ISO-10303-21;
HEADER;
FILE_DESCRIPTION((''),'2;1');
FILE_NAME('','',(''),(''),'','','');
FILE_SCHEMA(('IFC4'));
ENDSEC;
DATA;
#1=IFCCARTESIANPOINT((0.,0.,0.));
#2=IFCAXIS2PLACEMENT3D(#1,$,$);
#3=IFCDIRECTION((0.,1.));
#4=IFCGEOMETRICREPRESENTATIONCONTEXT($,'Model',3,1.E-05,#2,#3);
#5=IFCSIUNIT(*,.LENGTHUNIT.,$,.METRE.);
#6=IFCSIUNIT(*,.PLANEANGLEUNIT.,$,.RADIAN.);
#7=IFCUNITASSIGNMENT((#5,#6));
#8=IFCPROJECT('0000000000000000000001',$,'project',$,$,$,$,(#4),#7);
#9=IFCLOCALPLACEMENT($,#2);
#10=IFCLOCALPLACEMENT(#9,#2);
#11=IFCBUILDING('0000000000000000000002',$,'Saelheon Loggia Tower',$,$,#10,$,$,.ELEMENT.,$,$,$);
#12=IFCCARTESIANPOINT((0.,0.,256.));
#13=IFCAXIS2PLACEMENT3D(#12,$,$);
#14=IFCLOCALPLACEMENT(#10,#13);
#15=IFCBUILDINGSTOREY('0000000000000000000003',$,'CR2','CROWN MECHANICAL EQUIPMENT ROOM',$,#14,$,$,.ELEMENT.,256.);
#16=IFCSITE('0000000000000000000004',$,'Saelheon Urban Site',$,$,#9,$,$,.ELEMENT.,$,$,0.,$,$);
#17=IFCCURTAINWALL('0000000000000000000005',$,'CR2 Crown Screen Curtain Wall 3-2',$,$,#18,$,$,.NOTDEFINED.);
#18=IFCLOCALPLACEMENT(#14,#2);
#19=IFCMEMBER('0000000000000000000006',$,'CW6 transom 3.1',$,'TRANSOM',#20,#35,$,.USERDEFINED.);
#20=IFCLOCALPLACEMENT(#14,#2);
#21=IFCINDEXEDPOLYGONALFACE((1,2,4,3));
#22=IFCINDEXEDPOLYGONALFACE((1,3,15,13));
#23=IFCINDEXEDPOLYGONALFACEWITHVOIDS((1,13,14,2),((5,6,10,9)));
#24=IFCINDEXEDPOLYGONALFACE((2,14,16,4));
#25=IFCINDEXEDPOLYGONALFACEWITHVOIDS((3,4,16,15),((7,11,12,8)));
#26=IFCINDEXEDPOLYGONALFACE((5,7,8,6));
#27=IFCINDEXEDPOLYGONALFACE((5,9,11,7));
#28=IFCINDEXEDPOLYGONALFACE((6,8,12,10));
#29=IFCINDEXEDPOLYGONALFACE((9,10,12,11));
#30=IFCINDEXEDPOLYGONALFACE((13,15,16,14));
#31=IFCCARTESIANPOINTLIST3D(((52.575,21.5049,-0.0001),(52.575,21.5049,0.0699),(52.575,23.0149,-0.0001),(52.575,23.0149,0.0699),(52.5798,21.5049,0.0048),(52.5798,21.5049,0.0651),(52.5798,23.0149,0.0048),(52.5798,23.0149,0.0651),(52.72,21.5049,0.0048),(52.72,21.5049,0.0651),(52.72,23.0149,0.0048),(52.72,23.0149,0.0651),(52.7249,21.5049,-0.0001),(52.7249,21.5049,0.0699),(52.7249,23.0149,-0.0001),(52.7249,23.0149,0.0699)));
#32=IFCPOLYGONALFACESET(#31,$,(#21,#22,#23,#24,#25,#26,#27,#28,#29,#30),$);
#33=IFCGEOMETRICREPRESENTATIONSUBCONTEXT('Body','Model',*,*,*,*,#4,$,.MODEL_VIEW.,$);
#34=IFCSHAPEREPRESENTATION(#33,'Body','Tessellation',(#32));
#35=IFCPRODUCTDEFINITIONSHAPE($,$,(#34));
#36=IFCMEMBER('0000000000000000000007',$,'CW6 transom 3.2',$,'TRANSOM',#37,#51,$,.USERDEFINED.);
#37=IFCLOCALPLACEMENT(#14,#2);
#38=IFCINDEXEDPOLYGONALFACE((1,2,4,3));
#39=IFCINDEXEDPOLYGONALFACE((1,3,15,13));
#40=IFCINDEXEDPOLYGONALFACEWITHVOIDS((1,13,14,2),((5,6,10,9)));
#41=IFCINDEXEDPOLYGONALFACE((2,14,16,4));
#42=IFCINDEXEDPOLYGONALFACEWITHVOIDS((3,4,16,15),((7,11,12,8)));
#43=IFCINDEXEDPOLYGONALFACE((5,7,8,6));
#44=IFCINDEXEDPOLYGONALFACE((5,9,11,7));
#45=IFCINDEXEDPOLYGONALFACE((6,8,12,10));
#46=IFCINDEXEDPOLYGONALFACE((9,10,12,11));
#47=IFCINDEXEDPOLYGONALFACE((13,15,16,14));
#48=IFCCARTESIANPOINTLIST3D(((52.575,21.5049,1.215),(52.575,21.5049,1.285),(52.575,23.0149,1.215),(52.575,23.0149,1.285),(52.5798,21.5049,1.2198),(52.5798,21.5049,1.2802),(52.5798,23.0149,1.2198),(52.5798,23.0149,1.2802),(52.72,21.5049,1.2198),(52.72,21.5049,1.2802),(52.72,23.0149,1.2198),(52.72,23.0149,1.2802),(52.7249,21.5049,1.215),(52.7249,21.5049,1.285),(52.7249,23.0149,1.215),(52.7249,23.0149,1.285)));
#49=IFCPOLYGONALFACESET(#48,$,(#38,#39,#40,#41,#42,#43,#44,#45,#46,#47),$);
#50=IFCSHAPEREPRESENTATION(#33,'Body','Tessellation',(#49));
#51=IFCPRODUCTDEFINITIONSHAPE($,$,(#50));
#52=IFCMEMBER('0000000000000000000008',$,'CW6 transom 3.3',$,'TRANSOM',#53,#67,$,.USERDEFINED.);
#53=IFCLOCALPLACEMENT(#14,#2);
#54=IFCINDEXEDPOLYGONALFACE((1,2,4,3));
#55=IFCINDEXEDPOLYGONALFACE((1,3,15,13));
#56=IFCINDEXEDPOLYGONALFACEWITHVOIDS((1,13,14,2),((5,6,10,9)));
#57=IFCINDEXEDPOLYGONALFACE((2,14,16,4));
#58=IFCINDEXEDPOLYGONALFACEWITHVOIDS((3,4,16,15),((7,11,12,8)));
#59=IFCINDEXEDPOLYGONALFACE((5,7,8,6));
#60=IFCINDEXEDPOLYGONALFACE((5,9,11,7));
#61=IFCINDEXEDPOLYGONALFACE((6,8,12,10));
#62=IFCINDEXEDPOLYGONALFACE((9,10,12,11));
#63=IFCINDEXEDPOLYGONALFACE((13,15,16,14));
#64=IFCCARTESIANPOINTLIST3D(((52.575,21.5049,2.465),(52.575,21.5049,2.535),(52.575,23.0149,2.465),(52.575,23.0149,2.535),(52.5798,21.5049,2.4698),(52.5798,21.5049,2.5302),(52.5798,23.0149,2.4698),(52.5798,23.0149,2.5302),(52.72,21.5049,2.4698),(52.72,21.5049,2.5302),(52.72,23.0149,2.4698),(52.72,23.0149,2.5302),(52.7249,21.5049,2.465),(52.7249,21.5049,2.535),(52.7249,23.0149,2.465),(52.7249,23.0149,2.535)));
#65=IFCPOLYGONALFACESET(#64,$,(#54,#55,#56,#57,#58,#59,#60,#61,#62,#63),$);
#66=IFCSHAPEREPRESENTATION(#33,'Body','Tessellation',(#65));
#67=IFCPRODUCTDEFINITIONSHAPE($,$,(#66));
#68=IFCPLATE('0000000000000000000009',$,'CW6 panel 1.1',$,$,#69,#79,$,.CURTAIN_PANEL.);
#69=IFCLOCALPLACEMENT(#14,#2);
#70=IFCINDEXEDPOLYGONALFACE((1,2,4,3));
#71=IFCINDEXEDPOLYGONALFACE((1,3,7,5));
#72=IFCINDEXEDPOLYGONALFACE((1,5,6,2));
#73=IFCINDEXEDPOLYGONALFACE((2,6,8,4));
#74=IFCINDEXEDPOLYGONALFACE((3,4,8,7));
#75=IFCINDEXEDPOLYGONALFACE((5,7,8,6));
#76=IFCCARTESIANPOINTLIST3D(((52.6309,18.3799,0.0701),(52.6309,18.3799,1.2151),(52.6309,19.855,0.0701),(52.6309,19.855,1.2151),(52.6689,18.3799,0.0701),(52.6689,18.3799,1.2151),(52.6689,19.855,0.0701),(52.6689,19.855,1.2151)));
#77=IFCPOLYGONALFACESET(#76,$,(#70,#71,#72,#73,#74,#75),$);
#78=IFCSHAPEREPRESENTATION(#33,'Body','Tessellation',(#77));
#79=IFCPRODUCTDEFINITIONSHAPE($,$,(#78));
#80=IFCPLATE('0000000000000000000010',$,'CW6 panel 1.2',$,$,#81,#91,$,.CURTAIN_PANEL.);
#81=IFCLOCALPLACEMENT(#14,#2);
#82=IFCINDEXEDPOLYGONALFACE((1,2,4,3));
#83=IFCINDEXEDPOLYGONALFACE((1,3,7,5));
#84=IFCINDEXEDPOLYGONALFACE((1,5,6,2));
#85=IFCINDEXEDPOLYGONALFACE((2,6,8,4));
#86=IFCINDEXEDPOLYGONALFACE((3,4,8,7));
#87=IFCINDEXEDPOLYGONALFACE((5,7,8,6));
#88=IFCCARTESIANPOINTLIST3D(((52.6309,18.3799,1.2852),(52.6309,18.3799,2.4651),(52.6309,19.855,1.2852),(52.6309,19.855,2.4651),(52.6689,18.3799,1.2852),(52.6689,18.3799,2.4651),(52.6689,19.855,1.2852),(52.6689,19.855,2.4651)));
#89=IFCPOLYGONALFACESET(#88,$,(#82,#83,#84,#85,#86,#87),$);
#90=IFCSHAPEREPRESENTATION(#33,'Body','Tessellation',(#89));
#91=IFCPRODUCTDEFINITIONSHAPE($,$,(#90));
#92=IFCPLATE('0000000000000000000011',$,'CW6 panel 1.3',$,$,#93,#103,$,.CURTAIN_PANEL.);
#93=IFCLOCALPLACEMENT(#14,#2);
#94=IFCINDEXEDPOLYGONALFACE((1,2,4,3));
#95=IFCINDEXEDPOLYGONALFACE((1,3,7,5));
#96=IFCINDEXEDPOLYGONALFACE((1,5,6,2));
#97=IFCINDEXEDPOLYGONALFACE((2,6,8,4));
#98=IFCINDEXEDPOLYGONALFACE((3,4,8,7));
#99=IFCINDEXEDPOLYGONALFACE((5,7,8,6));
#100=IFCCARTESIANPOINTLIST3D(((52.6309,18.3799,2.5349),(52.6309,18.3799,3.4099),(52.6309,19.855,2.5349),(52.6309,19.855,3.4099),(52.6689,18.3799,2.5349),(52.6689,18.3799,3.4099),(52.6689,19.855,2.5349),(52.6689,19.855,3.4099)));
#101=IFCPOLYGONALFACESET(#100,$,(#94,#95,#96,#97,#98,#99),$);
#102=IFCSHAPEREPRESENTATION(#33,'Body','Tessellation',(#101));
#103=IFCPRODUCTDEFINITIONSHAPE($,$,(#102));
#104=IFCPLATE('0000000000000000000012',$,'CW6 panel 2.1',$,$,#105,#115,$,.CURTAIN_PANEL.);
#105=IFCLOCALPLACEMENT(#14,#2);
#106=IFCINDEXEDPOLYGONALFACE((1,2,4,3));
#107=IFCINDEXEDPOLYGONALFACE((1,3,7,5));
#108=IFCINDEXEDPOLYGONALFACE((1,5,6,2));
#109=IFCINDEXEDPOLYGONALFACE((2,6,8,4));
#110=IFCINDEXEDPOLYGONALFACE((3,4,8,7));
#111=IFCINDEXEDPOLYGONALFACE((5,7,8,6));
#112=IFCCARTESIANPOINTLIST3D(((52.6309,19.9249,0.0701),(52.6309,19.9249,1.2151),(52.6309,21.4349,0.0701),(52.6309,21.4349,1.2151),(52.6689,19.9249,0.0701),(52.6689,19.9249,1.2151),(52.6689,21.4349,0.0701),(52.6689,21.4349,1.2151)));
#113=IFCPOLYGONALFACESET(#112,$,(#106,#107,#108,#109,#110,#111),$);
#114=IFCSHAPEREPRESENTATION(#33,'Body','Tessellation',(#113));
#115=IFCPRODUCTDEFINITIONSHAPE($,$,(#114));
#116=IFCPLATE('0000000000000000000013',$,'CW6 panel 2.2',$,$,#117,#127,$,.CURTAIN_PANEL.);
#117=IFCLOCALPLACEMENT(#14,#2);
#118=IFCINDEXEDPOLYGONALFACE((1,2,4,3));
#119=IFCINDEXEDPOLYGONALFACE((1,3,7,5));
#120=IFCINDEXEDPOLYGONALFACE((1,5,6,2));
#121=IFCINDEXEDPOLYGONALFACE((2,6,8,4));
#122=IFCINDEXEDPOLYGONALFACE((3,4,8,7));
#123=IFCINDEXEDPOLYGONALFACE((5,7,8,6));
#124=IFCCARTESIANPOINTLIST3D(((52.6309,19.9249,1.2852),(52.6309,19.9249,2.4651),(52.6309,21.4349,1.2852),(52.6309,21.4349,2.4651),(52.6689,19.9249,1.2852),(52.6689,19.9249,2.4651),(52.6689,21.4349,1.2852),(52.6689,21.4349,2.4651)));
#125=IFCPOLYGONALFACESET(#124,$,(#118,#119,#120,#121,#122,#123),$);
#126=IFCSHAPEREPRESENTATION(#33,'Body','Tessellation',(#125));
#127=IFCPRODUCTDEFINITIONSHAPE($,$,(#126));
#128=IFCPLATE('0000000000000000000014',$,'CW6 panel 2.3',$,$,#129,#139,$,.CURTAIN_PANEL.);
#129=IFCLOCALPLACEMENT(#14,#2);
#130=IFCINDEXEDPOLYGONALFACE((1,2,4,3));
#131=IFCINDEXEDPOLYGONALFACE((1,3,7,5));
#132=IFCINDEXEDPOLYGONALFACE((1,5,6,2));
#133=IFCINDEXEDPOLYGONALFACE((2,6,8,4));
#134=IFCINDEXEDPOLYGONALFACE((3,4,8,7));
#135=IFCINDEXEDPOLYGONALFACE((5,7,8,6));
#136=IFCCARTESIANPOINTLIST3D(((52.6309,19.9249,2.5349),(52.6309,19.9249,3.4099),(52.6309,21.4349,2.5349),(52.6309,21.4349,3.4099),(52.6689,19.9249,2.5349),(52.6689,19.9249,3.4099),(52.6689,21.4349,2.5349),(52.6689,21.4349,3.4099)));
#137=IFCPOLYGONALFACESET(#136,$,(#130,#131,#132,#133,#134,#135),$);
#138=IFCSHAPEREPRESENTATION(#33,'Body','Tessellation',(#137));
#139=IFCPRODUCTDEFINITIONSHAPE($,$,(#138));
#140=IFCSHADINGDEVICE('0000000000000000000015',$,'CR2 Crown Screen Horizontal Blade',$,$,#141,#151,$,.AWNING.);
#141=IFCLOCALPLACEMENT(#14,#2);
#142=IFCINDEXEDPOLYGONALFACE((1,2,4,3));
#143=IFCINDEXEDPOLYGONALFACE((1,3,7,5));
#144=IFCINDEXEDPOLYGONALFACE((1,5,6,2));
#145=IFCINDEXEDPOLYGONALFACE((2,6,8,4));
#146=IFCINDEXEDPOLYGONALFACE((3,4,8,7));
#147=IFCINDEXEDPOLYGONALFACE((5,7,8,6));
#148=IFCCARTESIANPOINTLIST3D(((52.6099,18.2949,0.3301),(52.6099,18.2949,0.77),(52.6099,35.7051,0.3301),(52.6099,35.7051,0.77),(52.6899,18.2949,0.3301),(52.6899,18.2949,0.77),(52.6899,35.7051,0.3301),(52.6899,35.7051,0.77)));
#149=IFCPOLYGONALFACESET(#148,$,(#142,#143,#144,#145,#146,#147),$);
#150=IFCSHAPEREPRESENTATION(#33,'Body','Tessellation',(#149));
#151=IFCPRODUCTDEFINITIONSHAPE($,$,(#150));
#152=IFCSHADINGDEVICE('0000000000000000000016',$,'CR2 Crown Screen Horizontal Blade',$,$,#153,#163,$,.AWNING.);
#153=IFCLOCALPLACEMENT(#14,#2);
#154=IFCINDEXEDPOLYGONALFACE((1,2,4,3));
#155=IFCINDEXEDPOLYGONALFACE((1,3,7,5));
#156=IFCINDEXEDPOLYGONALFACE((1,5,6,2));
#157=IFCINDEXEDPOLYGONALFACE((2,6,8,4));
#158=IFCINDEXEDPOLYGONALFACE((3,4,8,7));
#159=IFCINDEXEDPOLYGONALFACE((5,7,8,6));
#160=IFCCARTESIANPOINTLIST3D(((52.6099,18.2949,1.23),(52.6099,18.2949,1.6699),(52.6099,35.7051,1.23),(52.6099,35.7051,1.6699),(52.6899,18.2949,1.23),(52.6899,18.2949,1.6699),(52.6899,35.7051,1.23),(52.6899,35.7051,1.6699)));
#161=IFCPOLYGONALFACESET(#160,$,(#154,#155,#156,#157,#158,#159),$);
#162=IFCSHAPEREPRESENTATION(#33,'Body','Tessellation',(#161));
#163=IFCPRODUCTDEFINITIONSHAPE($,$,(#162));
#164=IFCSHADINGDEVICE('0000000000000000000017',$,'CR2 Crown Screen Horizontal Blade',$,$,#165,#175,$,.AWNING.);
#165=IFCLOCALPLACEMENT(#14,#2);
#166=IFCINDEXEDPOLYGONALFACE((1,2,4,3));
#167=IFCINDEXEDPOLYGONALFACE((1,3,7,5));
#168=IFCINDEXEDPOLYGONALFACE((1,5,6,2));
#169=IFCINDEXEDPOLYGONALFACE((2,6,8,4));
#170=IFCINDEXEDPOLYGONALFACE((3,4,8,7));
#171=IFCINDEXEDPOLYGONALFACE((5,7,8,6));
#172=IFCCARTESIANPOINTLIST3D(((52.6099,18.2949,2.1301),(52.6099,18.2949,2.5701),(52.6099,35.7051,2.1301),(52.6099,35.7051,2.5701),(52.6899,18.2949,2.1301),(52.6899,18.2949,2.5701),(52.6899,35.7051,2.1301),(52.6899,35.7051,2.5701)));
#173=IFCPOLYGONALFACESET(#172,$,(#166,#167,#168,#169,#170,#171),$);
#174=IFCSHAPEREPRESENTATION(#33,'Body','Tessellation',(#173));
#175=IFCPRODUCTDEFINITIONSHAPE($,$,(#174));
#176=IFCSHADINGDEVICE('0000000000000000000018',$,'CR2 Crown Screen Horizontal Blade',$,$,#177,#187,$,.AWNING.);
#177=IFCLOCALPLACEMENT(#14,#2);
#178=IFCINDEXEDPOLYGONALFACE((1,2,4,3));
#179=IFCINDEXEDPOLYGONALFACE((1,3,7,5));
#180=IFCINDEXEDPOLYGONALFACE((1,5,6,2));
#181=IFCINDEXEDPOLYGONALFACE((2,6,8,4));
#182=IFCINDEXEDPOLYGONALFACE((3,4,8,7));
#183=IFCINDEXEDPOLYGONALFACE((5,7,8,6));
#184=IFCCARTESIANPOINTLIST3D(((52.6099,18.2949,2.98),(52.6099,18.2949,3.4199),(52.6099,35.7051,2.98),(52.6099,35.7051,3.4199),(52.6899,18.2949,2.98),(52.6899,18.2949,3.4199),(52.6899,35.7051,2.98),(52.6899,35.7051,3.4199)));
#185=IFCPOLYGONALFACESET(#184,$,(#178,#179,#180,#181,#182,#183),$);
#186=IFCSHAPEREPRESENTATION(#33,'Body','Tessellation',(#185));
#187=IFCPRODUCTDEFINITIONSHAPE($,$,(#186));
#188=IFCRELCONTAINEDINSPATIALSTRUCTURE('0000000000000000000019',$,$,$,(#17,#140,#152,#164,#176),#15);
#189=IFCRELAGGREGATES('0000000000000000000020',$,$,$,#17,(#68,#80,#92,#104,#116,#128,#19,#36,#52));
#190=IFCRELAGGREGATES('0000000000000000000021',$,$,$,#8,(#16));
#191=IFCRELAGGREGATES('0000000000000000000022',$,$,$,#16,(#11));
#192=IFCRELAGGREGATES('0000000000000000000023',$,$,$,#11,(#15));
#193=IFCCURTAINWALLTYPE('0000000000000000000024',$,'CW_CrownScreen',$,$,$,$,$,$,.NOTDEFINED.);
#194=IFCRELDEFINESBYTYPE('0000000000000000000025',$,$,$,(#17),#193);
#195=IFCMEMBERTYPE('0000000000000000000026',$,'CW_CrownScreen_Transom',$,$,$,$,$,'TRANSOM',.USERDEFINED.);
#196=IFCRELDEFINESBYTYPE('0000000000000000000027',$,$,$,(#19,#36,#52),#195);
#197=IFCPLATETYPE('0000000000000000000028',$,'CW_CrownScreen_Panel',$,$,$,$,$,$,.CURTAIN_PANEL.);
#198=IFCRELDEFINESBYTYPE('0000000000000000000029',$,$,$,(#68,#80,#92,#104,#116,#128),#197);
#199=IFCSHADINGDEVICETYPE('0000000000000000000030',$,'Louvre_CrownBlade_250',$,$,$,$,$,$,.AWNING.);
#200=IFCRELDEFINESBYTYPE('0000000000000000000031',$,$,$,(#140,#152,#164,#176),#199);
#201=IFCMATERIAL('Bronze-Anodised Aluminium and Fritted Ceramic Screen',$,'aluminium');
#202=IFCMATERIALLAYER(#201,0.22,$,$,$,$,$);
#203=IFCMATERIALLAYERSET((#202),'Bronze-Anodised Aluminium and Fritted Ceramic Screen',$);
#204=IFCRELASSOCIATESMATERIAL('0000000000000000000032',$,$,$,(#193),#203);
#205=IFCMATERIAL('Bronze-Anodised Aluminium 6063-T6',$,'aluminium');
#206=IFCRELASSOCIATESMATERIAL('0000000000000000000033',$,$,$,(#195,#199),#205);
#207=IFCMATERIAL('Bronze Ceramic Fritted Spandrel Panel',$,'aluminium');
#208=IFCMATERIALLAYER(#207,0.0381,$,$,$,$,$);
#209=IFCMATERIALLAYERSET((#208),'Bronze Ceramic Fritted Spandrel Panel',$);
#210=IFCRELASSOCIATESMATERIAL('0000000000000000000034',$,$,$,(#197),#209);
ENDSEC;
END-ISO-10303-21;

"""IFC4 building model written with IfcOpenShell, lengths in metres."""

from ifc_helpers import new_model, si_unit, direction, frame, origin, origin_2d, place, context, subcontext, project, spatial, rectangle, hollow_rectangle, extrude, source, transform, mapped, material, layer, layer_set, material_profile, profile_set, type_object, element, aggregate, save


model = new_model("IFC4")

# Units and contexts
model_context = context("Model", 3, precision=1e-05, world=origin(), true_north=direction((0.0, 1.0)))
body_context = subcontext(model_context, "Body", "Model", "MODEL_VIEW")
ifc_project = project(units=[si_unit("LENGTHUNIT", "METRE"), si_unit("PLANEANGLEUNIT", "RADIAN")], contexts=[model_context])

# Site, building, storey
site_placement = place(None, origin())
site = spatial("IfcSite", under=ifc_project, at=site_placement, Name="Saelheon Urban Site", CompositionType="ELEMENT", RefElevation=0.0)
building_placement = place(site_placement, origin())
building = spatial("IfcBuilding", under=site, at=building_placement, Name="Saelheon Loggia Tower", CompositionType="ELEMENT")
storey_placement = place(building_placement, frame((0.0, 0.0, 256.0)))
storey = spatial("IfcBuildingStorey", under=building, at=storey_placement, Name="CR2", Description="CROWN MECHANICAL EQUIPMENT ROOM", CompositionType="ELEMENT", Elevation=256.0)

# Curtain wall, members, plates
ifc_material_1 = material(Name="Bronze-Anodised Aluminium and Fritted Ceramic Screen", Category="aluminium")
ifc_layer_1 = layer(ifc_material_1, 0.22)
ifc_layer_set_1 = layer_set([ifc_layer_1], Name="Bronze-Anodised Aluminium and Fritted Ceramic Screen")
curtain_wall_type = type_object("IfcCurtainWallType", Name="CW_CrownScreen", PredefinedType="NOTDEFINED", material=ifc_layer_set_1)
curtain_wall_placement = place(storey_placement, origin())
curtain_wall = element("IfcCurtainWall", 1, at=curtain_wall_placement, inside=storey, type_object=curtain_wall_type, Name="CR2 Crown Screen Curtain Wall 3-2", PredefinedType="NOTDEFINED")
ifc_material_2 = material(Name="Bronze-Anodised Aluminium 6063-T6", Category="aluminium")
ifc_material_profile_1 = material_profile(ifc_material_2, hollow_rectangle(XDim=0.0701, YDim=0.1499, WallThickness=0.0049, at=origin_2d()), Name="RHS-150x70x5")
ifc_profile_set_1 = profile_set([ifc_material_profile_1], Name="Bronze-Anodised Aluminium 6063-T6")
member_type_1 = type_object("IfcMemberType", Name="CW_CrownScreen_Transom", ElementType="TRANSOM", PredefinedType="USERDEFINED", material=ifc_profile_set_1)
shared_shape_1 = source(origin(), body_context, "Body", "SweptSolid", [
    extrude(hollow_rectangle(XDim=0.0701, YDim=0.1499, WallThickness=0.0049, at=origin_2d()), origin(), (0.0, 0.0, 1.0), 1.51),
])
member_1_placement = place(storey_placement, frame((52.6499, 21.5049, 0.0349), z_axis=(0.0, 1.0, 0.0), x_axis=(0.0, 0.0, 1.0)))
member_1 = element("IfcMember", 2, at=member_1_placement, type_object=member_type_1, Name="CW6 transom 3.1", ObjectType="TRANSOM", PredefinedType="USERDEFINED", context=body_context, shape_type="MappedRepresentation", body=[
    mapped(shared_shape_1, transform((0.0, 0.0, 0.0), scale=1.0)),
])
member_2_placement = place(storey_placement, frame((52.6499, 21.5049, 1.25), z_axis=(0.0, 1.0, 0.0), x_axis=(0.0, 0.0, 1.0)))
member_2 = element("IfcMember", 3, at=member_2_placement, type_object=member_type_1, Name="CW6 transom 3.2", ObjectType="TRANSOM", PredefinedType="USERDEFINED", context=body_context, shape_type="MappedRepresentation", body=[
    mapped(shared_shape_1, transform((0.0, 0.0, 0.0), scale=1.0)),
])
member_3_placement = place(storey_placement, frame((52.6499, 21.5049, 2.5), z_axis=(0.0, 1.0, 0.0), x_axis=(0.0, 0.0, 1.0)))
member_3 = element("IfcMember", 4, at=member_3_placement, type_object=member_type_1, Name="CW6 transom 3.3", ObjectType="TRANSOM", PredefinedType="USERDEFINED", context=body_context, shape_type="MappedRepresentation", body=[
    mapped(shared_shape_1, transform((0.0, 0.0, 0.0), scale=1.0)),
])
ifc_material_3 = material(Name="Bronze Ceramic Fritted Spandrel Panel", Category="aluminium")
ifc_layer_2 = layer(ifc_material_3, 0.0381)
ifc_layer_set_2 = layer_set([ifc_layer_2], Name="Bronze Ceramic Fritted Spandrel Panel")
plate_type = type_object("IfcPlateType", Name="CW_CrownScreen_Panel", PredefinedType="CURTAIN_PANEL", material=ifc_layer_set_2)
shared_shape_2 = source(origin(), body_context, "Body", "SweptSolid", [
    extrude(rectangle(XDim=1.4751, YDim=0.0381, at=origin_2d()), origin(), (0.0, 0.0, 1.0), 1.145),
])
plate_1_placement = place(storey_placement, frame((52.6499, 19.1174, 0.0701), z_axis=(0.0, 0.0, 1.0), x_axis=(0.0, 1.0, 0.0)))
plate_1 = element("IfcPlate", 5, at=plate_1_placement, type_object=plate_type, Name="CW6 panel 1.1", PredefinedType="CURTAIN_PANEL", context=body_context, shape_type="MappedRepresentation", body=[
    mapped(shared_shape_2, transform((0.0, 0.0, 0.0), scale=1.0)),
])
shared_shape_3 = source(origin(), body_context, "Body", "SweptSolid", [
    extrude(rectangle(XDim=1.4751, YDim=0.0381, at=origin_2d()), origin(), (0.0, 0.0, 1.0), 1.1799),
])
plate_2_placement = place(storey_placement, frame((52.6499, 19.1174, 1.2852), z_axis=(0.0, 0.0, 1.0), x_axis=(0.0, 1.0, 0.0)))
plate_2 = element("IfcPlate", 6, at=plate_2_placement, type_object=plate_type, Name="CW6 panel 1.2", PredefinedType="CURTAIN_PANEL", context=body_context, shape_type="MappedRepresentation", body=[
    mapped(shared_shape_3, transform((0.0, 0.0, 0.0), scale=1.0)),
])
shared_shape_4 = source(origin(), body_context, "Body", "SweptSolid", [
    extrude(rectangle(XDim=1.4751, YDim=0.0381, at=origin_2d()), origin(), (0.0, 0.0, 1.0), 0.875),
])
plate_3_placement = place(storey_placement, frame((52.6499, 19.1174, 2.5349), z_axis=(0.0, 0.0, 1.0), x_axis=(0.0, 1.0, 0.0)))
plate_3 = element("IfcPlate", 7, at=plate_3_placement, type_object=plate_type, Name="CW6 panel 1.3", PredefinedType="CURTAIN_PANEL", context=body_context, shape_type="MappedRepresentation", body=[
    mapped(shared_shape_4, transform((0.0, 0.0, 0.0), scale=1.0)),
])
shared_shape_5 = source(origin(), body_context, "Body", "SweptSolid", [
    extrude(rectangle(XDim=1.51, YDim=0.0381, at=origin_2d()), origin(), (0.0, 0.0, 1.0), 1.145),
])
plate_4_placement = place(storey_placement, frame((52.6499, 20.6799, 0.0701), z_axis=(0.0, 0.0, 1.0), x_axis=(0.0, 1.0, 0.0)))
plate_4 = element("IfcPlate", 8, at=plate_4_placement, type_object=plate_type, Name="CW6 panel 2.1", PredefinedType="CURTAIN_PANEL", context=body_context, shape_type="MappedRepresentation", body=[
    mapped(shared_shape_5, transform((0.0, 0.0, 0.0), scale=1.0)),
])
shared_shape_6 = source(origin(), body_context, "Body", "SweptSolid", [
    extrude(rectangle(XDim=1.51, YDim=0.0381, at=origin_2d()), origin(), (0.0, 0.0, 1.0), 1.1799),
])
plate_5_placement = place(storey_placement, frame((52.6499, 20.6799, 1.2852), z_axis=(0.0, 0.0, 1.0), x_axis=(0.0, 1.0, 0.0)))
plate_5 = element("IfcPlate", 9, at=plate_5_placement, type_object=plate_type, Name="CW6 panel 2.2", PredefinedType="CURTAIN_PANEL", context=body_context, shape_type="MappedRepresentation", body=[
    mapped(shared_shape_6, transform((0.0, 0.0, 0.0), scale=1.0)),
])
shared_shape_7 = source(origin(), body_context, "Body", "SweptSolid", [
    extrude(rectangle(XDim=1.51, YDim=0.0381, at=origin_2d()), origin(), (0.0, 0.0, 1.0), 0.875),
])
plate_6_placement = place(storey_placement, frame((52.6499, 20.6799, 2.5349), z_axis=(0.0, 0.0, 1.0), x_axis=(0.0, 1.0, 0.0)))
plate_6 = element("IfcPlate", 10, at=plate_6_placement, type_object=plate_type, Name="CW6 panel 2.3", PredefinedType="CURTAIN_PANEL", context=body_context, shape_type="MappedRepresentation", body=[
    mapped(shared_shape_7, transform((0.0, 0.0, 0.0), scale=1.0)),
])
aggregate(curtain_wall, [plate_1, plate_2, plate_3, plate_4, plate_5, plate_6, member_1, member_2, member_3])

# Shading devices
ifc_material_profile_2 = material_profile(ifc_material_2, rectangle(XDim=0.0801, YDim=0.4399, at=origin_2d()), Name="Louvre_CrownBlade_250")
ifc_profile_set_2 = profile_set([ifc_material_profile_2], Name="Bronze-Anodised Aluminium 6063-T6")
shading_device_type = type_object("IfcShadingDeviceType", Name="Louvre_CrownBlade_250", PredefinedType="AWNING", material=ifc_profile_set_2)
shared_shape_8 = source(origin(), body_context, "Body", "SweptSolid", [
    extrude(rectangle(XDim=0.0801, YDim=0.4399, at=origin_2d()), origin(), (0.0, 0.0, 1.0), 17.4102),
])
for number, where, z_axis, x_axis, name in (
    (11, (52.6499, 18.2949, 0.55), (0.0, 1.0, 0.0), (-1.0, 0.0, 0.0), "CR2 Crown Screen Horizontal Blade"),
    (12, (52.6499, 18.2949, 1.45), (0.0, 1.0, 0.0), (-1.0, 0.0, 0.0), "CR2 Crown Screen Horizontal Blade"),
    (13, (52.6499, 18.2949, 2.3501), (0.0, 1.0, 0.0), (-1.0, 0.0, 0.0), "CR2 Crown Screen Horizontal Blade"),
    (14, (52.6499, 18.2949, 3.2), (0.0, 1.0, 0.0), (-1.0, 0.0, 0.0), "CR2 Crown Screen Horizontal Blade"),
):
    element("IfcShadingDevice", number, at=place(storey_placement, frame(where, z_axis=z_axis, x_axis=x_axis)), inside=storey, type_object=shading_device_type, Name=name, PredefinedType="AWNING", context=body_context, shape_type="MappedRepresentation", body=[
        mapped(shared_shape_8, transform((0.0, 0.0, 0.0), scale=1.0)),
    ])

save(model, "model.ifc")
